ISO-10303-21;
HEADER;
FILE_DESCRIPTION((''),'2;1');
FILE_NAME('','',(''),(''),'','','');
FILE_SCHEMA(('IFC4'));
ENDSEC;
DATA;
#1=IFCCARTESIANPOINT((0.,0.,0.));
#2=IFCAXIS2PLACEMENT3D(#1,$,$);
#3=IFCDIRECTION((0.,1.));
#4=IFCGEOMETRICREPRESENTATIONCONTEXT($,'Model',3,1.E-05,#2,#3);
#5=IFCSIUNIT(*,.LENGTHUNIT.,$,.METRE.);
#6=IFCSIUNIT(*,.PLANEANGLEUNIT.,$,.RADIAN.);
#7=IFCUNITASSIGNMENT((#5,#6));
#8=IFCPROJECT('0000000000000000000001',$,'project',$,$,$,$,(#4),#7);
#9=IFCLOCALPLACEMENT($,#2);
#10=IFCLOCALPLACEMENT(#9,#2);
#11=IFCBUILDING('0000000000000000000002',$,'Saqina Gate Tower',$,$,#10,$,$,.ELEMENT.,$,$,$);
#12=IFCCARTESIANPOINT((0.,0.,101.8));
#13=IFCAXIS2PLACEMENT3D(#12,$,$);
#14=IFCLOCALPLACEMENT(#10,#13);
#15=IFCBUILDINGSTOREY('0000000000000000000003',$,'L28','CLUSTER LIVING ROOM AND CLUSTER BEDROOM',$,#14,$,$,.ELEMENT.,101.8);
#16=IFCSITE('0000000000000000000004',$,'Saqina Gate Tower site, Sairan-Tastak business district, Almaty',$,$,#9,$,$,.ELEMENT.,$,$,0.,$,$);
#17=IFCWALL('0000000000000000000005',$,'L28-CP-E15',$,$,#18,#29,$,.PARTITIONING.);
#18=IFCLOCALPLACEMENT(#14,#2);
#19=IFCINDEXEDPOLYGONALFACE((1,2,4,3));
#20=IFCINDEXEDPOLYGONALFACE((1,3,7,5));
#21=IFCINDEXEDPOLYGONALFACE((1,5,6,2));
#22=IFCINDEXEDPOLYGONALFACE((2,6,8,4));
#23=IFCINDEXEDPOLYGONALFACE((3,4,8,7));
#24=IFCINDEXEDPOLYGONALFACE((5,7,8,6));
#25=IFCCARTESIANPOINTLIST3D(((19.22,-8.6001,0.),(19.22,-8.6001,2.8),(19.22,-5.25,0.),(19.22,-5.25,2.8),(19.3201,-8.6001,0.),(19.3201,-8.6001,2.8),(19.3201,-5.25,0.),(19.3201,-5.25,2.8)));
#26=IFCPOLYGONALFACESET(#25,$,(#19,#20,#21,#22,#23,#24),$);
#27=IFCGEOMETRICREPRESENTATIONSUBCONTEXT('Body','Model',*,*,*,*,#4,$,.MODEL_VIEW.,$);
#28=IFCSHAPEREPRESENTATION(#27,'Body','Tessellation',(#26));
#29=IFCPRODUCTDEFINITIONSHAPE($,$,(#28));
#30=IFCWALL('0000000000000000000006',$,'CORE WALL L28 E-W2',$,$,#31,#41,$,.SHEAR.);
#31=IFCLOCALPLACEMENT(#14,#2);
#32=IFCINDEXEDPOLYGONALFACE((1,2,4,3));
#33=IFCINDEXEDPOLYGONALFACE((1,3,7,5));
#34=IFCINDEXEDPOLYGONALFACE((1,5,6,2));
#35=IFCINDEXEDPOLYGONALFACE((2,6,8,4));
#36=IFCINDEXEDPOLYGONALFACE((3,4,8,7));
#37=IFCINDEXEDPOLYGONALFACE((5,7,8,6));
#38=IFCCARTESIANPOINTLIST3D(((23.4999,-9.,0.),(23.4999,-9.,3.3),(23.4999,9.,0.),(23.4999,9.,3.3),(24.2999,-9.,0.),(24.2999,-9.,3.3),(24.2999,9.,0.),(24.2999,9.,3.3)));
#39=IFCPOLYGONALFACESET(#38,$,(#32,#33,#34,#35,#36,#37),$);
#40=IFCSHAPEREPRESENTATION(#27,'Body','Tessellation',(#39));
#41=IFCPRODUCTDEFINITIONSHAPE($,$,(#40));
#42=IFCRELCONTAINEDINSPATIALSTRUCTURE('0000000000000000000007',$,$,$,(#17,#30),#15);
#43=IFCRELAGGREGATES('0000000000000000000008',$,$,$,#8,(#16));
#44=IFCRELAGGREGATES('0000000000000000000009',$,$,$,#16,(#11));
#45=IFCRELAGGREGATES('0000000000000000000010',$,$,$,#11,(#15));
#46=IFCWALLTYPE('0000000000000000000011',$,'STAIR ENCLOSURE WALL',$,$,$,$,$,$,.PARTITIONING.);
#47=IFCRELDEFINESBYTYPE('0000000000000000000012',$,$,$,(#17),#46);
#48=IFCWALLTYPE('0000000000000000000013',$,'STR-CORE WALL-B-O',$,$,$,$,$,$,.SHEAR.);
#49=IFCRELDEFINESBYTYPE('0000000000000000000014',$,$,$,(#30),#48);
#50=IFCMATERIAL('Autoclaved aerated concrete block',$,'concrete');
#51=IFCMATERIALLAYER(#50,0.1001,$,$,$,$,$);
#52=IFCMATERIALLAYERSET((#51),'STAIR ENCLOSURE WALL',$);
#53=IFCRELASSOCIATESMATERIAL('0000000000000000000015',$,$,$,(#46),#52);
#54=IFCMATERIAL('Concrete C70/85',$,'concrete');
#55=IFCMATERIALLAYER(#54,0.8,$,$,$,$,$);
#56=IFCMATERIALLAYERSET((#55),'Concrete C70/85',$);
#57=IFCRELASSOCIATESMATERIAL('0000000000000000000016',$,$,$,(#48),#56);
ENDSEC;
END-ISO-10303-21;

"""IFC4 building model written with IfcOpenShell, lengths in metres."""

from ifc_helpers import new_model, si_unit, direction, frame, frame_2d, origin, place, context, subcontext, project, spatial, rectangle, extrude, material, layer, layer_set, type_object, element, save


model = new_model("IFC4")

# Units and contexts
model_context = context("Model", 3, precision=1e-05, world=origin(), true_north=direction((0.0, 1.0)))
body_context = subcontext(model_context, "Body", "Model", "MODEL_VIEW")
ifc_project = project(units=[si_unit("LENGTHUNIT", "METRE"), si_unit("PLANEANGLEUNIT", "RADIAN")], contexts=[model_context])

# Site, building, storey
site_placement = place(None, origin())
site = spatial("IfcSite", under=ifc_project, at=site_placement, Name="Saqina Gate Tower site, Sairan-Tastak business district, Almaty", CompositionType="ELEMENT", RefElevation=0.0)
building_placement = place(site_placement, origin())
building = spatial("IfcBuilding", under=site, at=building_placement, Name="Saqina Gate Tower", CompositionType="ELEMENT")
storey_placement = place(building_placement, frame((0.0, 0.0, 101.8)))
storey = spatial("IfcBuildingStorey", under=building, at=storey_placement, Name="L28", Description="CLUSTER LIVING ROOM AND CLUSTER BEDROOM", CompositionType="ELEMENT", Elevation=101.8)

# Walls
ifc_material_1 = material(Name="Autoclaved aerated concrete block", Category="concrete")
ifc_layer_1 = layer(ifc_material_1, 0.1001)
ifc_layer_set_1 = layer_set([ifc_layer_1], Name="STAIR ENCLOSURE WALL")
wall_type_1 = type_object("IfcWallType", Name="STAIR ENCLOSURE WALL", PredefinedType="PARTITIONING", material=ifc_layer_set_1)
wall_1_placement = place(storey_placement, frame((19.27, -8.6001, 0.0), z_axis=(0.0, 0.0, 1.0), x_axis=(0.0, 1.0, 0.0)))
element("IfcWall", 1, at=wall_1_placement, inside=storey, type_object=wall_type_1, Name="L28-CP-E15", PredefinedType="PARTITIONING", context=body_context, shape_type="SweptSolid", body=[
    extrude(rectangle(XDim=3.3501, YDim=0.1001, at=frame_2d((1.675, 0.0))), origin(), (0.0, 0.0, 1.0), 2.8),
])
ifc_material_2 = material(Name="Concrete C70/85", Category="concrete")
ifc_layer_2 = layer(ifc_material_2, 0.8)
ifc_layer_set_2 = layer_set([ifc_layer_2], Name="Concrete C70/85")
wall_type_2 = type_object("IfcWallType", Name="STR-CORE WALL-B-O", PredefinedType="SHEAR", material=ifc_layer_set_2)
wall_2_placement = place(storey_placement, frame((23.8999, -9.0, 0.0), z_axis=(0.0, 0.0, 1.0), x_axis=(0.0, 1.0, 0.0)))
element("IfcWall", 2, at=wall_2_placement, inside=storey, type_object=wall_type_2, Name="CORE WALL L28 E-W2", PredefinedType="SHEAR", context=body_context, shape_type="SweptSolid", body=[
    extrude(rectangle(XDim=18.0, YDim=0.8, at=frame_2d((9.0, 0.0))), origin(), (0.0, 0.0, 1.0), 3.3),
])

save(model, "model.ifc")
